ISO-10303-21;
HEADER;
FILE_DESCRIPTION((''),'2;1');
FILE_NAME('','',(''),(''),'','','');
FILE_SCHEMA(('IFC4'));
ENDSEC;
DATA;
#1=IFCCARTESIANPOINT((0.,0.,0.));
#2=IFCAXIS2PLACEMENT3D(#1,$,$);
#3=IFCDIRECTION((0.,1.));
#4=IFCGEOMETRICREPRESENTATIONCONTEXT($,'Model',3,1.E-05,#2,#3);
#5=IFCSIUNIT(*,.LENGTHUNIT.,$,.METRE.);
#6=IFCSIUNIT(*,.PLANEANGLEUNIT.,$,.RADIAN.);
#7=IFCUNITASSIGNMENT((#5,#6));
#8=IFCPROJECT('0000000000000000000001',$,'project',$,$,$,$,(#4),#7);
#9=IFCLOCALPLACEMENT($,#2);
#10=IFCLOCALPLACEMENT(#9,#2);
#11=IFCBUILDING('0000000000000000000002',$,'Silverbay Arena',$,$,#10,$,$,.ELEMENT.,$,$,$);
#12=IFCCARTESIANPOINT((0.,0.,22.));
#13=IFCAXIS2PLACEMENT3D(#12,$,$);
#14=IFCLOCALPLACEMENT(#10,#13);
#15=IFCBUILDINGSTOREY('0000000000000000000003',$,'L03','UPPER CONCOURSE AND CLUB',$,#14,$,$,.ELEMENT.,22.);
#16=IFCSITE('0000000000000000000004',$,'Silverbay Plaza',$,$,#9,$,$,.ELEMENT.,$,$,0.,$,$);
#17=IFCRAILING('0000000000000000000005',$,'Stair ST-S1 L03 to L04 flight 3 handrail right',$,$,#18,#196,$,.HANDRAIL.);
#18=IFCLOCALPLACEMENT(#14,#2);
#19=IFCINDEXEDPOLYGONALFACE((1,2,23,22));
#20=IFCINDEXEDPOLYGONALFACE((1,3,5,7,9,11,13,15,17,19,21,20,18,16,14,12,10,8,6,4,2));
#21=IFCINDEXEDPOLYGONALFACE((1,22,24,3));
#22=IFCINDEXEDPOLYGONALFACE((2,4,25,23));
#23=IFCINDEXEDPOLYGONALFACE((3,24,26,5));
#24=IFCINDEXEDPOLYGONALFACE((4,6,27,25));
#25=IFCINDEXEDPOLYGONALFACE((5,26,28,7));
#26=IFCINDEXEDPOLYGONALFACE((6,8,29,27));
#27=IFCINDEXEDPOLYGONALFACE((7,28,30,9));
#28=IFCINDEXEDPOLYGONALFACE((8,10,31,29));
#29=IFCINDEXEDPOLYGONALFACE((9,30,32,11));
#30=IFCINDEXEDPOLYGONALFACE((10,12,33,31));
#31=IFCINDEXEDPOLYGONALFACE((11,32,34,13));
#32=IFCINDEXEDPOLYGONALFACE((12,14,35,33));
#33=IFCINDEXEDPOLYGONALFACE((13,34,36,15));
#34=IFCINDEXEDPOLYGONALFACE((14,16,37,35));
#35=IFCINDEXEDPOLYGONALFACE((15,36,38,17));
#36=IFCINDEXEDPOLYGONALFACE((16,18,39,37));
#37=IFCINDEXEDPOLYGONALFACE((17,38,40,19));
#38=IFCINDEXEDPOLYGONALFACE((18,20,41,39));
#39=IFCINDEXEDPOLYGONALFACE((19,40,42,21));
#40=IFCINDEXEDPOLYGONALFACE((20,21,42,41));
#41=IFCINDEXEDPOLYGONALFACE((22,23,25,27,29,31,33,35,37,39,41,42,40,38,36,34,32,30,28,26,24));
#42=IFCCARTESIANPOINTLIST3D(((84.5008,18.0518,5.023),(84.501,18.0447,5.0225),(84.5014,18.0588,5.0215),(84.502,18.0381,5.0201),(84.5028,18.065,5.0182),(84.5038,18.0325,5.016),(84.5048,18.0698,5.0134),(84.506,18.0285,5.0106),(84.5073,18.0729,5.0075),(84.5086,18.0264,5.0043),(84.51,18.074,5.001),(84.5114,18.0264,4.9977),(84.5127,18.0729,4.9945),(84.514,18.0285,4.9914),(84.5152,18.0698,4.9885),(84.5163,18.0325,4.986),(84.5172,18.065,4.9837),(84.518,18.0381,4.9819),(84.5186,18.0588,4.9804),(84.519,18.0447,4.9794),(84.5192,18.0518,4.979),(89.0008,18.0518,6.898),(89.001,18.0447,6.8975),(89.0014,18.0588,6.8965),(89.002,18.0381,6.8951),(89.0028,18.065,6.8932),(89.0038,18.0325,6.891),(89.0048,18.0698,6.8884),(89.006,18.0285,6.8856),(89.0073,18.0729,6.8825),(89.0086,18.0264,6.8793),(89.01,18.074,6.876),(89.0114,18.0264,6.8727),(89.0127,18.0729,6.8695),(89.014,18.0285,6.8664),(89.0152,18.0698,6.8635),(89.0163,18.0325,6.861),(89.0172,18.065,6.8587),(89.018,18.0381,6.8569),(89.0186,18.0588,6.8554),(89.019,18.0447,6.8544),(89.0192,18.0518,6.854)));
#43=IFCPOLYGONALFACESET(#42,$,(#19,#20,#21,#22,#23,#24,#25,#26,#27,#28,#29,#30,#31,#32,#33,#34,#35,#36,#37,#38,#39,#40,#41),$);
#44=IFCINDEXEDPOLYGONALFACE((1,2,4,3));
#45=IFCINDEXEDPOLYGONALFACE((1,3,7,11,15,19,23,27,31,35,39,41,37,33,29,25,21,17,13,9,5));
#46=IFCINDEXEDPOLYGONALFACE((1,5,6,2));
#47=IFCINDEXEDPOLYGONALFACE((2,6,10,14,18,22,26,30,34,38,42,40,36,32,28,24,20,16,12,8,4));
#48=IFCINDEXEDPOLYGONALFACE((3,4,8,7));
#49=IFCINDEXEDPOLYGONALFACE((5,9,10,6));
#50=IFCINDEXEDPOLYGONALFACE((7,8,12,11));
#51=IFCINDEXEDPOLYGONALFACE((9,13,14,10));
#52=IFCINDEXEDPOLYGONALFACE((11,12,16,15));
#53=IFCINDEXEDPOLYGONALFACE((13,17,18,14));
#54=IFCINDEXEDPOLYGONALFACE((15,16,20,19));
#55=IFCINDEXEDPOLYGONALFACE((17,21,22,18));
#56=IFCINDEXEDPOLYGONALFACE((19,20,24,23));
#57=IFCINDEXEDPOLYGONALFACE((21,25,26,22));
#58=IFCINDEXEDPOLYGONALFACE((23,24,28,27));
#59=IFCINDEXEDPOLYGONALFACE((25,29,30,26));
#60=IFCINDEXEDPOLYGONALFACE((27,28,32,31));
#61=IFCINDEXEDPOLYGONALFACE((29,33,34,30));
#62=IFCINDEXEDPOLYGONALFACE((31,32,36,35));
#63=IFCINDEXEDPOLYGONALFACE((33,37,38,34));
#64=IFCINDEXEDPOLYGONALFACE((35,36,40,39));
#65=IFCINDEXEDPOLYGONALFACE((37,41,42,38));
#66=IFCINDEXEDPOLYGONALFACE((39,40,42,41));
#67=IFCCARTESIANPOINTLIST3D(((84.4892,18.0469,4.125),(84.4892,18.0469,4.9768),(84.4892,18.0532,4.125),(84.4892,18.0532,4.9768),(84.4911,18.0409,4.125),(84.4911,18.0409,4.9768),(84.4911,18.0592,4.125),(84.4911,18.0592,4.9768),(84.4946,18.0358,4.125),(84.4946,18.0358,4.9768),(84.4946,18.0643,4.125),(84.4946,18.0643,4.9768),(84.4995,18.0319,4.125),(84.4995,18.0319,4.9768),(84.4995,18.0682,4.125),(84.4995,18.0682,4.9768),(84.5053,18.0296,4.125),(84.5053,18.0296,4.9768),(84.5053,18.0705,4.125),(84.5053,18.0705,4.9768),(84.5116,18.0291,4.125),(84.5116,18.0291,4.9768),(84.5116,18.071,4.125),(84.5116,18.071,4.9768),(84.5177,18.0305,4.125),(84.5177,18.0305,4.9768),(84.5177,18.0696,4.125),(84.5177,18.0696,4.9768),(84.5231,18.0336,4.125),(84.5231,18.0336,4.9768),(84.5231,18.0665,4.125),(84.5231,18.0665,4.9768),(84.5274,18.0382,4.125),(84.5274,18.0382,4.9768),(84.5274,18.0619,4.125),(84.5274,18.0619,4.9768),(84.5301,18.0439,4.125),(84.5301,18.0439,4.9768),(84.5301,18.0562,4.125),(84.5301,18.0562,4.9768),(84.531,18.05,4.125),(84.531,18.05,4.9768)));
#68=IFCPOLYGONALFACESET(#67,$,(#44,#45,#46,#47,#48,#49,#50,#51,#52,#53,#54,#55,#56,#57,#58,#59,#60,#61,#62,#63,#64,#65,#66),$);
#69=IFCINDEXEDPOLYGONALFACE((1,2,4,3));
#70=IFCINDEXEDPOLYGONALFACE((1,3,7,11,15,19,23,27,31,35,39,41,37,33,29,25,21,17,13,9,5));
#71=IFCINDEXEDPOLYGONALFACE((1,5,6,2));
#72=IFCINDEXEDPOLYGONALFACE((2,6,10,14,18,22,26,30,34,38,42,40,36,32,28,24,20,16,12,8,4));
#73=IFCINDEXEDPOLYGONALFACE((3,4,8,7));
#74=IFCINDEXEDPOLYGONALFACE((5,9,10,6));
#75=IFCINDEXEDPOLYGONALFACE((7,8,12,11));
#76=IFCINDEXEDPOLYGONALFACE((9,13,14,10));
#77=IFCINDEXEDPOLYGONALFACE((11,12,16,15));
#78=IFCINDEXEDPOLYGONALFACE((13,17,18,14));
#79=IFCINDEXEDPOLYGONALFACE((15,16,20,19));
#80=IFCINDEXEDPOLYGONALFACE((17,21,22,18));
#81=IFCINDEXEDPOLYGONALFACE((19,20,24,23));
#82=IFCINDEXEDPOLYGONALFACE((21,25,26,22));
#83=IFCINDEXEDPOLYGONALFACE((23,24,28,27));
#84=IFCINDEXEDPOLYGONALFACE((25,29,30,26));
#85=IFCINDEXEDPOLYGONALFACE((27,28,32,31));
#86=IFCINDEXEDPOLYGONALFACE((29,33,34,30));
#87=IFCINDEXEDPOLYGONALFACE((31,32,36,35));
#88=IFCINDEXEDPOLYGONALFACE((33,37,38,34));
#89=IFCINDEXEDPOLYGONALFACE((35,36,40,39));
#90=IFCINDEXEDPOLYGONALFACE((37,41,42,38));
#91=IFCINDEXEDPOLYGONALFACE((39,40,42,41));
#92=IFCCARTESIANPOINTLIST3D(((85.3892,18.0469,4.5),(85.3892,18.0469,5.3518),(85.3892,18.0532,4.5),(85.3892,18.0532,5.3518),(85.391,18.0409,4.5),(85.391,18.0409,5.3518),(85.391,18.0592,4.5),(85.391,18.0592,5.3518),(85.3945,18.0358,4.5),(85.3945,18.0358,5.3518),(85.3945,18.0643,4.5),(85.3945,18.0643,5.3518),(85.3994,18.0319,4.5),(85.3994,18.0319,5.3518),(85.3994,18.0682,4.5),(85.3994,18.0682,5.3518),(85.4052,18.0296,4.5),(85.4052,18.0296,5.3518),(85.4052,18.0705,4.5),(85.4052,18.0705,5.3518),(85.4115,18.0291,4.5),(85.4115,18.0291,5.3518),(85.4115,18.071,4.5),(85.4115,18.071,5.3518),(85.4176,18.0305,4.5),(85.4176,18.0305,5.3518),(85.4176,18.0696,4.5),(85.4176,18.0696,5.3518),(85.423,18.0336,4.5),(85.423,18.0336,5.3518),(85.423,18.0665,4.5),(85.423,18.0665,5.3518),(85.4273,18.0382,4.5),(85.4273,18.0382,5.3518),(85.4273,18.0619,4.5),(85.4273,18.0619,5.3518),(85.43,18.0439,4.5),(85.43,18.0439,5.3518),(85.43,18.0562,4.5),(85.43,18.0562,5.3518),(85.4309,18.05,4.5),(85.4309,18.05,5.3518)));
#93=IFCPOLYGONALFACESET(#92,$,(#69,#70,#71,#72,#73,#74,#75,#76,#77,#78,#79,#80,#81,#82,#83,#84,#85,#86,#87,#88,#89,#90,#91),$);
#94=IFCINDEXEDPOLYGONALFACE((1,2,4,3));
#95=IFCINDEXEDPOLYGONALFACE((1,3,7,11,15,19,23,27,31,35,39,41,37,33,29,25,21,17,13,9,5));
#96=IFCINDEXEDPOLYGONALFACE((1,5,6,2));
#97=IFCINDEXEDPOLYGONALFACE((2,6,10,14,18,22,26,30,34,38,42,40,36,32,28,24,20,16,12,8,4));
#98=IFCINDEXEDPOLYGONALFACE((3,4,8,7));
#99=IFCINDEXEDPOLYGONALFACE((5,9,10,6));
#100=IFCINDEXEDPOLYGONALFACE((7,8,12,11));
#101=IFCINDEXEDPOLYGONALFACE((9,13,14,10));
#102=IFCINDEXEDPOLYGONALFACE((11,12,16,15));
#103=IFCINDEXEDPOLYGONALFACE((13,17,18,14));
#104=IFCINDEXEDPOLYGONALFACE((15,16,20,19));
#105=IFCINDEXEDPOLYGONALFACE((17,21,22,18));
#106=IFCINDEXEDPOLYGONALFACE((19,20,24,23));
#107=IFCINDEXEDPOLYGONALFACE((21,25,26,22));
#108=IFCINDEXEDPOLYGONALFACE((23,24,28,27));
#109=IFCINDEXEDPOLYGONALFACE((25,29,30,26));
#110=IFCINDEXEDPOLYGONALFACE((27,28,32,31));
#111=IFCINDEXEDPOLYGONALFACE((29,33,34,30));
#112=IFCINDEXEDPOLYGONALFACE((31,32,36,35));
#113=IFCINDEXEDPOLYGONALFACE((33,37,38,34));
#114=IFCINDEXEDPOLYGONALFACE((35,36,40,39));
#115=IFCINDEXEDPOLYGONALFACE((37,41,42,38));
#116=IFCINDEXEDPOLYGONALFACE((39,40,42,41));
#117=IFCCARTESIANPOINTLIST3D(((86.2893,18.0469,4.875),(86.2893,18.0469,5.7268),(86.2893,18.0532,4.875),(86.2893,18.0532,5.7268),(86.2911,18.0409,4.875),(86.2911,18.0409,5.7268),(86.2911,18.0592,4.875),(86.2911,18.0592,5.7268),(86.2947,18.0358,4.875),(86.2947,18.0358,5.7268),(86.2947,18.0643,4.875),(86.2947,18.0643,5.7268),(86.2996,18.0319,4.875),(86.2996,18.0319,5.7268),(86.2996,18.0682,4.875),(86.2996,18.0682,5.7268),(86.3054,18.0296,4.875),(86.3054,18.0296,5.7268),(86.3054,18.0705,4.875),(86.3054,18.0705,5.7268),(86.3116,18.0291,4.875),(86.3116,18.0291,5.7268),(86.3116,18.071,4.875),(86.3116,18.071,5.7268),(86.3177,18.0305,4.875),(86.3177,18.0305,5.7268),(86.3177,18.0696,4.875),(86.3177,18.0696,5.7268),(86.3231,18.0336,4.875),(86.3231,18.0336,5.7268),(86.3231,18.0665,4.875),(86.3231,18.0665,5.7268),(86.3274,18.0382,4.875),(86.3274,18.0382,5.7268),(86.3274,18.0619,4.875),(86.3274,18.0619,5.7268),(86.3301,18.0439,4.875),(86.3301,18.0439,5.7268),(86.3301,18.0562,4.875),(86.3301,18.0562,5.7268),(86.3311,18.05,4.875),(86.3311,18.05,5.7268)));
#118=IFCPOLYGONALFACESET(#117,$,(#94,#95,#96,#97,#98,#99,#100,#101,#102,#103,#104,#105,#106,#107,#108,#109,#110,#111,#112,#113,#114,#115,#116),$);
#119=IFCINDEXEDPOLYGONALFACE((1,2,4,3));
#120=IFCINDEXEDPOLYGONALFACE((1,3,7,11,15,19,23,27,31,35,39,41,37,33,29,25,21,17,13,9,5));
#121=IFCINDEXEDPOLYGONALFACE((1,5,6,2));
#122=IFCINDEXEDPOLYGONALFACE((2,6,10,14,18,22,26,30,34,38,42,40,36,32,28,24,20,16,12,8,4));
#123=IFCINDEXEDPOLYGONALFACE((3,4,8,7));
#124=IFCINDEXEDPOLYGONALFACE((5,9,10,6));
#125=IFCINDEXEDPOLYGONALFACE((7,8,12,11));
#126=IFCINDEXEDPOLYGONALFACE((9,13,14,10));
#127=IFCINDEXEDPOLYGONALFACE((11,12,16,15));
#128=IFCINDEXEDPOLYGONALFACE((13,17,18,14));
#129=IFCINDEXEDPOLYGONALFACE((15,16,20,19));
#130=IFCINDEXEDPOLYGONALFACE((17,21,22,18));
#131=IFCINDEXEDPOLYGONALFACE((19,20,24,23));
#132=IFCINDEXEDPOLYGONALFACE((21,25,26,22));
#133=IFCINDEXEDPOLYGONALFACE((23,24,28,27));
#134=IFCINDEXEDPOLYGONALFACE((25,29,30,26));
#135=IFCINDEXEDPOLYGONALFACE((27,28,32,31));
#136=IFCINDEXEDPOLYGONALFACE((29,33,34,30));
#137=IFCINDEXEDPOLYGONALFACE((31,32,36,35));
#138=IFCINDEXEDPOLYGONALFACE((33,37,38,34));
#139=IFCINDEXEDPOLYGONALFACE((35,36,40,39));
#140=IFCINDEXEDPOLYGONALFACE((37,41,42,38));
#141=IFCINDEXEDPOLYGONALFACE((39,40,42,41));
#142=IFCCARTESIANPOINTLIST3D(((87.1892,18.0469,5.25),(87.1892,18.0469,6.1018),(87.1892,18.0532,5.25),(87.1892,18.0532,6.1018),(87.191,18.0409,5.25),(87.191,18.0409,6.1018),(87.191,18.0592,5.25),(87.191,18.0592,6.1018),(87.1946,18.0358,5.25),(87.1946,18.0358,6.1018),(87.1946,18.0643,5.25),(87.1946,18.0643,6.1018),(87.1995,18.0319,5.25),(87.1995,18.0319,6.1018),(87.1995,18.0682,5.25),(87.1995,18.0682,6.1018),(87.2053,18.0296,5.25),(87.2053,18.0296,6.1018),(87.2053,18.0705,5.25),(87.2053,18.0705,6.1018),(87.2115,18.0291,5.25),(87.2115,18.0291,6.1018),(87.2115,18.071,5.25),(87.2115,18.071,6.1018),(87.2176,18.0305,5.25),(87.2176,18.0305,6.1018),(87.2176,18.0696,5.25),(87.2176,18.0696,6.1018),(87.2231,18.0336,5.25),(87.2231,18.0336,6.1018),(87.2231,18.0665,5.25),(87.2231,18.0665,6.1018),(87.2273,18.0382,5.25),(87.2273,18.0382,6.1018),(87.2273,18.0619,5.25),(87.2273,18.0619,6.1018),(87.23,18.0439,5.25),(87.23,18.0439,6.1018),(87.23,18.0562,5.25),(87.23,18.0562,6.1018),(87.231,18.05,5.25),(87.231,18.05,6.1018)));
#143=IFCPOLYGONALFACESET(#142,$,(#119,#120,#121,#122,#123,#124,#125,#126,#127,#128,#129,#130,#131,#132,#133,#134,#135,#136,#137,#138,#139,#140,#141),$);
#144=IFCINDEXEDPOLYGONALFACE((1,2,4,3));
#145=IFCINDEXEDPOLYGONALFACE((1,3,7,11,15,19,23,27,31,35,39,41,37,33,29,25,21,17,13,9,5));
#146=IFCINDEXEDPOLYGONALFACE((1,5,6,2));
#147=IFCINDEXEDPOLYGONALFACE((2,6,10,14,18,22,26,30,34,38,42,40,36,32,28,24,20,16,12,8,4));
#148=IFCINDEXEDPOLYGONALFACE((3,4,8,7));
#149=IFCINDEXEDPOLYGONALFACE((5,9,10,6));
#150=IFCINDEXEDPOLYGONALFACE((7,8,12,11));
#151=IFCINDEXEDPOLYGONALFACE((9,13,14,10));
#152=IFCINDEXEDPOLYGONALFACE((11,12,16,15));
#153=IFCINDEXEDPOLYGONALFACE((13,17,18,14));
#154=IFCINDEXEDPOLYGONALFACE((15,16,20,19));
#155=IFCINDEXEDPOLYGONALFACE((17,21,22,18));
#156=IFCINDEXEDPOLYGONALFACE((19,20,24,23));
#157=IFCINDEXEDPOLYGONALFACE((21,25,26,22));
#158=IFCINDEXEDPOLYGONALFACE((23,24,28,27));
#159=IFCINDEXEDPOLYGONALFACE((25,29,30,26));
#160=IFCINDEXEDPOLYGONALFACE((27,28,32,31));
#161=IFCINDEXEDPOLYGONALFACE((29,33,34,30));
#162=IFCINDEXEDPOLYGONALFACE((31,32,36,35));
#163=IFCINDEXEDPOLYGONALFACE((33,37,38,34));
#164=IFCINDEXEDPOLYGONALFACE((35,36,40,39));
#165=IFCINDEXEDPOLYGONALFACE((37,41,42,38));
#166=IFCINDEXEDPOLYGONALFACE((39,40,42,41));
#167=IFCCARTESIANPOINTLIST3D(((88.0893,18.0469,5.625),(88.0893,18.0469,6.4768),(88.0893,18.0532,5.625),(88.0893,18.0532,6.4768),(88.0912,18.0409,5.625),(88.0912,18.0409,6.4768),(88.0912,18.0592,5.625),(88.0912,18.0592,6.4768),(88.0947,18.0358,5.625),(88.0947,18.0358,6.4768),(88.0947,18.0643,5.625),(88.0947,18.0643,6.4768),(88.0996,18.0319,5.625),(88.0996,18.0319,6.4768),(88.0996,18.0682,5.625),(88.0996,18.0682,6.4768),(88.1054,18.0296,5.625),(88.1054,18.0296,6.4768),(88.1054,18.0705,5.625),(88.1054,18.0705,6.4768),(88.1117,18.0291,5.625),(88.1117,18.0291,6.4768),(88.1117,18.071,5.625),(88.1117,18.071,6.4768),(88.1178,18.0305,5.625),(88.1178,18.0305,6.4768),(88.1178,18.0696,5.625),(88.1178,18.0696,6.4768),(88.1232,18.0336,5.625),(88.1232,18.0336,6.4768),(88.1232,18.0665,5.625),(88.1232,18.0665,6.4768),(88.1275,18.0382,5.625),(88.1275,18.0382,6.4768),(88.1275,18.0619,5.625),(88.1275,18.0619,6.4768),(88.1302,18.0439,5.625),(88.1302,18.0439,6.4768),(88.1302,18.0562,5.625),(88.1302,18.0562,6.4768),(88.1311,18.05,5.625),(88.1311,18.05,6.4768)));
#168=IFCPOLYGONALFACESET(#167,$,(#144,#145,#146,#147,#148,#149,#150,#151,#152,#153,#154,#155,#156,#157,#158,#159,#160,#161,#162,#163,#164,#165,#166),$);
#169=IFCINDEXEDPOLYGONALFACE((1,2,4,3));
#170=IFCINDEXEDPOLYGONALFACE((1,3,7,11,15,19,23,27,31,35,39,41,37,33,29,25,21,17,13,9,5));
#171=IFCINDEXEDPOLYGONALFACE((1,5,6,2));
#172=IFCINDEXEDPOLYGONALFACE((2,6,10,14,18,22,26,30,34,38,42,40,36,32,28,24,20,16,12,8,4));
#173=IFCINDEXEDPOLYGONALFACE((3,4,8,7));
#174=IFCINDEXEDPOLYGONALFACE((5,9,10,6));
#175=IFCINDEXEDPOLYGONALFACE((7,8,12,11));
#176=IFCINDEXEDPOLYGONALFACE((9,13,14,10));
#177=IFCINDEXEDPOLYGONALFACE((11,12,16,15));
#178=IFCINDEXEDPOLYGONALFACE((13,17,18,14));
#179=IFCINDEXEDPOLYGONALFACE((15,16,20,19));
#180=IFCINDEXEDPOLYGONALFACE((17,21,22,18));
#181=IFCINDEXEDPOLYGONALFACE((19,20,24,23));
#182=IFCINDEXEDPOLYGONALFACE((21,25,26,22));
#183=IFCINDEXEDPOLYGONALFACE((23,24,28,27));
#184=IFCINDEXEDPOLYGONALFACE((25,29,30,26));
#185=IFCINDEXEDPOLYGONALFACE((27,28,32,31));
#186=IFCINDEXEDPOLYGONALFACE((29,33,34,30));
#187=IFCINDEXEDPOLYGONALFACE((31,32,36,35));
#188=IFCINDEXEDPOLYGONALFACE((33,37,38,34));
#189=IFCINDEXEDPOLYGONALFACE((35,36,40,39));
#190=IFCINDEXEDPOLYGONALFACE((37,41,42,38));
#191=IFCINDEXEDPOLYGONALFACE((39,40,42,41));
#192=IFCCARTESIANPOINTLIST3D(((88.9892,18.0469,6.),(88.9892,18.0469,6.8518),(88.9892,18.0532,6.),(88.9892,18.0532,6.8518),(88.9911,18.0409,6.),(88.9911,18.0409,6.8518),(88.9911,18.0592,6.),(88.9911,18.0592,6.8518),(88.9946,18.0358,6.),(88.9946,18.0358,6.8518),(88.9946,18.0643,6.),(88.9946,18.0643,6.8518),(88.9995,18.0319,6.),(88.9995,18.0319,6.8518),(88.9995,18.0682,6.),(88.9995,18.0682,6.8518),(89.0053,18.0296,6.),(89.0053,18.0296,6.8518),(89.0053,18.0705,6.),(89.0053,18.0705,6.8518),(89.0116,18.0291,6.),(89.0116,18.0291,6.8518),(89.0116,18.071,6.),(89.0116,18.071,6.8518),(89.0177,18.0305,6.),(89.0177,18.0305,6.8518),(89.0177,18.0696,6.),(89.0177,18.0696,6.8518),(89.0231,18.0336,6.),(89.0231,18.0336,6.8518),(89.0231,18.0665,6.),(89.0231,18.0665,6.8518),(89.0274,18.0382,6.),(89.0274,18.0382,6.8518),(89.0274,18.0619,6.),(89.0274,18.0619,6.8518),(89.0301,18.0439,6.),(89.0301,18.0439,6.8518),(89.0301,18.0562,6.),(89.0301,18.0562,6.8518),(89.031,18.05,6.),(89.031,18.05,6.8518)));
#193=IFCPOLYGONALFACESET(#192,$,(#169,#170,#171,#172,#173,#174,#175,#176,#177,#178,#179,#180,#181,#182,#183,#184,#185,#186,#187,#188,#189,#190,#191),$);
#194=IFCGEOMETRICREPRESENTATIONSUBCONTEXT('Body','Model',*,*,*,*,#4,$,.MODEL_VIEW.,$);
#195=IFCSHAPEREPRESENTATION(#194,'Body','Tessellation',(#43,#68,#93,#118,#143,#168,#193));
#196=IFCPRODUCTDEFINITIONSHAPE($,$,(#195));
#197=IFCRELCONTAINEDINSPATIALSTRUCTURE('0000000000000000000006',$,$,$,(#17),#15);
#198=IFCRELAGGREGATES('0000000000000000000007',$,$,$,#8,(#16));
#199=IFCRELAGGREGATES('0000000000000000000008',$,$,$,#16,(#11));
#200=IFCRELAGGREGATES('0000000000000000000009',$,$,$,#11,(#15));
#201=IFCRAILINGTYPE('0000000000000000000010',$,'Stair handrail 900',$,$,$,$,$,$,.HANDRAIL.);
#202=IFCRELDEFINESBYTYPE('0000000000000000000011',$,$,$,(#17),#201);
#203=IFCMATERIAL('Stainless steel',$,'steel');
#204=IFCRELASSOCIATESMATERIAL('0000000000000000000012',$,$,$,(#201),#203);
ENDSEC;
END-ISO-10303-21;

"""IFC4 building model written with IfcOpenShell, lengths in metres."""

from ifc_helpers import new_model, si_unit, direction, frame, origin, origin_2d, place, context, subcontext, project, spatial, circle, extrude, material, type_object, element, save


model = new_model("IFC4")

# Units and contexts
model_context = context("Model", 3, precision=1e-05, world=origin(), true_north=direction((0.0, 1.0)))
body_context = subcontext(model_context, "Body", "Model", "MODEL_VIEW")
ifc_project = project(units=[si_unit("LENGTHUNIT", "METRE"), si_unit("PLANEANGLEUNIT", "RADIAN")], contexts=[model_context])

# Site, building, storey
site_placement = place(None, origin())
site = spatial("IfcSite", under=ifc_project, at=site_placement, Name="Silverbay Plaza", CompositionType="ELEMENT", RefElevation=0.0)
building_placement = place(site_placement, origin())
building = spatial("IfcBuilding", under=site, at=building_placement, Name="Silverbay Arena", CompositionType="ELEMENT")
storey_placement = place(building_placement, frame((0.0, 0.0, 22.0)))
storey = spatial("IfcBuildingStorey", under=building, at=storey_placement, Name="L03", Description="UPPER CONCOURSE AND CLUB", CompositionType="ELEMENT", Elevation=22.0)

# Railing
ifc_material_1 = material(Name="Stainless steel", Category="steel")
railing_type_1 = type_object("IfcRailingType", Name="Stair handrail 900", PredefinedType="HANDRAIL", material=ifc_material_1)
for number, where, name in (
    (1, (84.51, 18.05, 4.125), "Stair ST-S1 L03 to L04 flight 3 handrail right"),
):
    element("IfcRailing", number, at=place(storey_placement, frame(where)), inside=storey, type_object=railing_type_1, Name=name, PredefinedType="HANDRAIL", context=body_context, shape_type="SweptSolid", body=[
        extrude(circle(Radius=0.0239, at=origin_2d()), frame((0.0, 0.0, 0.876), z_axis=(0.923077, 0.0, 0.384615), x_axis=(0.0, 1.0, 0.0)), (0.0, 0.0, 1.0), 4.875),
        extrude(circle(Radius=0.021, at=origin_2d()), origin(), (0.0, 0.0, 1.0), 0.8518),
        extrude(circle(Radius=0.021, at=origin_2d()), frame((0.8999, 0.0, 0.375)), (0.0, 0.0, 1.0), 0.8518),
        extrude(circle(Radius=0.021, at=origin_2d()), frame((1.8, 0.0, 0.75)), (0.0, 0.0, 1.0), 0.8518),
        extrude(circle(Radius=0.021, at=origin_2d()), frame((2.7, 0.0, 1.125)), (0.0, 0.0, 1.0), 0.8518),
        extrude(circle(Radius=0.021, at=origin_2d()), frame((3.6001, 0.0, 1.5)), (0.0, 0.0, 1.0), 0.8518),
        extrude(circle(Radius=0.021, at=origin_2d()), frame((4.5, 0.0, 1.875)), (0.0, 0.0, 1.0), 0.8518),
    ])

save(model, "model.ifc")
